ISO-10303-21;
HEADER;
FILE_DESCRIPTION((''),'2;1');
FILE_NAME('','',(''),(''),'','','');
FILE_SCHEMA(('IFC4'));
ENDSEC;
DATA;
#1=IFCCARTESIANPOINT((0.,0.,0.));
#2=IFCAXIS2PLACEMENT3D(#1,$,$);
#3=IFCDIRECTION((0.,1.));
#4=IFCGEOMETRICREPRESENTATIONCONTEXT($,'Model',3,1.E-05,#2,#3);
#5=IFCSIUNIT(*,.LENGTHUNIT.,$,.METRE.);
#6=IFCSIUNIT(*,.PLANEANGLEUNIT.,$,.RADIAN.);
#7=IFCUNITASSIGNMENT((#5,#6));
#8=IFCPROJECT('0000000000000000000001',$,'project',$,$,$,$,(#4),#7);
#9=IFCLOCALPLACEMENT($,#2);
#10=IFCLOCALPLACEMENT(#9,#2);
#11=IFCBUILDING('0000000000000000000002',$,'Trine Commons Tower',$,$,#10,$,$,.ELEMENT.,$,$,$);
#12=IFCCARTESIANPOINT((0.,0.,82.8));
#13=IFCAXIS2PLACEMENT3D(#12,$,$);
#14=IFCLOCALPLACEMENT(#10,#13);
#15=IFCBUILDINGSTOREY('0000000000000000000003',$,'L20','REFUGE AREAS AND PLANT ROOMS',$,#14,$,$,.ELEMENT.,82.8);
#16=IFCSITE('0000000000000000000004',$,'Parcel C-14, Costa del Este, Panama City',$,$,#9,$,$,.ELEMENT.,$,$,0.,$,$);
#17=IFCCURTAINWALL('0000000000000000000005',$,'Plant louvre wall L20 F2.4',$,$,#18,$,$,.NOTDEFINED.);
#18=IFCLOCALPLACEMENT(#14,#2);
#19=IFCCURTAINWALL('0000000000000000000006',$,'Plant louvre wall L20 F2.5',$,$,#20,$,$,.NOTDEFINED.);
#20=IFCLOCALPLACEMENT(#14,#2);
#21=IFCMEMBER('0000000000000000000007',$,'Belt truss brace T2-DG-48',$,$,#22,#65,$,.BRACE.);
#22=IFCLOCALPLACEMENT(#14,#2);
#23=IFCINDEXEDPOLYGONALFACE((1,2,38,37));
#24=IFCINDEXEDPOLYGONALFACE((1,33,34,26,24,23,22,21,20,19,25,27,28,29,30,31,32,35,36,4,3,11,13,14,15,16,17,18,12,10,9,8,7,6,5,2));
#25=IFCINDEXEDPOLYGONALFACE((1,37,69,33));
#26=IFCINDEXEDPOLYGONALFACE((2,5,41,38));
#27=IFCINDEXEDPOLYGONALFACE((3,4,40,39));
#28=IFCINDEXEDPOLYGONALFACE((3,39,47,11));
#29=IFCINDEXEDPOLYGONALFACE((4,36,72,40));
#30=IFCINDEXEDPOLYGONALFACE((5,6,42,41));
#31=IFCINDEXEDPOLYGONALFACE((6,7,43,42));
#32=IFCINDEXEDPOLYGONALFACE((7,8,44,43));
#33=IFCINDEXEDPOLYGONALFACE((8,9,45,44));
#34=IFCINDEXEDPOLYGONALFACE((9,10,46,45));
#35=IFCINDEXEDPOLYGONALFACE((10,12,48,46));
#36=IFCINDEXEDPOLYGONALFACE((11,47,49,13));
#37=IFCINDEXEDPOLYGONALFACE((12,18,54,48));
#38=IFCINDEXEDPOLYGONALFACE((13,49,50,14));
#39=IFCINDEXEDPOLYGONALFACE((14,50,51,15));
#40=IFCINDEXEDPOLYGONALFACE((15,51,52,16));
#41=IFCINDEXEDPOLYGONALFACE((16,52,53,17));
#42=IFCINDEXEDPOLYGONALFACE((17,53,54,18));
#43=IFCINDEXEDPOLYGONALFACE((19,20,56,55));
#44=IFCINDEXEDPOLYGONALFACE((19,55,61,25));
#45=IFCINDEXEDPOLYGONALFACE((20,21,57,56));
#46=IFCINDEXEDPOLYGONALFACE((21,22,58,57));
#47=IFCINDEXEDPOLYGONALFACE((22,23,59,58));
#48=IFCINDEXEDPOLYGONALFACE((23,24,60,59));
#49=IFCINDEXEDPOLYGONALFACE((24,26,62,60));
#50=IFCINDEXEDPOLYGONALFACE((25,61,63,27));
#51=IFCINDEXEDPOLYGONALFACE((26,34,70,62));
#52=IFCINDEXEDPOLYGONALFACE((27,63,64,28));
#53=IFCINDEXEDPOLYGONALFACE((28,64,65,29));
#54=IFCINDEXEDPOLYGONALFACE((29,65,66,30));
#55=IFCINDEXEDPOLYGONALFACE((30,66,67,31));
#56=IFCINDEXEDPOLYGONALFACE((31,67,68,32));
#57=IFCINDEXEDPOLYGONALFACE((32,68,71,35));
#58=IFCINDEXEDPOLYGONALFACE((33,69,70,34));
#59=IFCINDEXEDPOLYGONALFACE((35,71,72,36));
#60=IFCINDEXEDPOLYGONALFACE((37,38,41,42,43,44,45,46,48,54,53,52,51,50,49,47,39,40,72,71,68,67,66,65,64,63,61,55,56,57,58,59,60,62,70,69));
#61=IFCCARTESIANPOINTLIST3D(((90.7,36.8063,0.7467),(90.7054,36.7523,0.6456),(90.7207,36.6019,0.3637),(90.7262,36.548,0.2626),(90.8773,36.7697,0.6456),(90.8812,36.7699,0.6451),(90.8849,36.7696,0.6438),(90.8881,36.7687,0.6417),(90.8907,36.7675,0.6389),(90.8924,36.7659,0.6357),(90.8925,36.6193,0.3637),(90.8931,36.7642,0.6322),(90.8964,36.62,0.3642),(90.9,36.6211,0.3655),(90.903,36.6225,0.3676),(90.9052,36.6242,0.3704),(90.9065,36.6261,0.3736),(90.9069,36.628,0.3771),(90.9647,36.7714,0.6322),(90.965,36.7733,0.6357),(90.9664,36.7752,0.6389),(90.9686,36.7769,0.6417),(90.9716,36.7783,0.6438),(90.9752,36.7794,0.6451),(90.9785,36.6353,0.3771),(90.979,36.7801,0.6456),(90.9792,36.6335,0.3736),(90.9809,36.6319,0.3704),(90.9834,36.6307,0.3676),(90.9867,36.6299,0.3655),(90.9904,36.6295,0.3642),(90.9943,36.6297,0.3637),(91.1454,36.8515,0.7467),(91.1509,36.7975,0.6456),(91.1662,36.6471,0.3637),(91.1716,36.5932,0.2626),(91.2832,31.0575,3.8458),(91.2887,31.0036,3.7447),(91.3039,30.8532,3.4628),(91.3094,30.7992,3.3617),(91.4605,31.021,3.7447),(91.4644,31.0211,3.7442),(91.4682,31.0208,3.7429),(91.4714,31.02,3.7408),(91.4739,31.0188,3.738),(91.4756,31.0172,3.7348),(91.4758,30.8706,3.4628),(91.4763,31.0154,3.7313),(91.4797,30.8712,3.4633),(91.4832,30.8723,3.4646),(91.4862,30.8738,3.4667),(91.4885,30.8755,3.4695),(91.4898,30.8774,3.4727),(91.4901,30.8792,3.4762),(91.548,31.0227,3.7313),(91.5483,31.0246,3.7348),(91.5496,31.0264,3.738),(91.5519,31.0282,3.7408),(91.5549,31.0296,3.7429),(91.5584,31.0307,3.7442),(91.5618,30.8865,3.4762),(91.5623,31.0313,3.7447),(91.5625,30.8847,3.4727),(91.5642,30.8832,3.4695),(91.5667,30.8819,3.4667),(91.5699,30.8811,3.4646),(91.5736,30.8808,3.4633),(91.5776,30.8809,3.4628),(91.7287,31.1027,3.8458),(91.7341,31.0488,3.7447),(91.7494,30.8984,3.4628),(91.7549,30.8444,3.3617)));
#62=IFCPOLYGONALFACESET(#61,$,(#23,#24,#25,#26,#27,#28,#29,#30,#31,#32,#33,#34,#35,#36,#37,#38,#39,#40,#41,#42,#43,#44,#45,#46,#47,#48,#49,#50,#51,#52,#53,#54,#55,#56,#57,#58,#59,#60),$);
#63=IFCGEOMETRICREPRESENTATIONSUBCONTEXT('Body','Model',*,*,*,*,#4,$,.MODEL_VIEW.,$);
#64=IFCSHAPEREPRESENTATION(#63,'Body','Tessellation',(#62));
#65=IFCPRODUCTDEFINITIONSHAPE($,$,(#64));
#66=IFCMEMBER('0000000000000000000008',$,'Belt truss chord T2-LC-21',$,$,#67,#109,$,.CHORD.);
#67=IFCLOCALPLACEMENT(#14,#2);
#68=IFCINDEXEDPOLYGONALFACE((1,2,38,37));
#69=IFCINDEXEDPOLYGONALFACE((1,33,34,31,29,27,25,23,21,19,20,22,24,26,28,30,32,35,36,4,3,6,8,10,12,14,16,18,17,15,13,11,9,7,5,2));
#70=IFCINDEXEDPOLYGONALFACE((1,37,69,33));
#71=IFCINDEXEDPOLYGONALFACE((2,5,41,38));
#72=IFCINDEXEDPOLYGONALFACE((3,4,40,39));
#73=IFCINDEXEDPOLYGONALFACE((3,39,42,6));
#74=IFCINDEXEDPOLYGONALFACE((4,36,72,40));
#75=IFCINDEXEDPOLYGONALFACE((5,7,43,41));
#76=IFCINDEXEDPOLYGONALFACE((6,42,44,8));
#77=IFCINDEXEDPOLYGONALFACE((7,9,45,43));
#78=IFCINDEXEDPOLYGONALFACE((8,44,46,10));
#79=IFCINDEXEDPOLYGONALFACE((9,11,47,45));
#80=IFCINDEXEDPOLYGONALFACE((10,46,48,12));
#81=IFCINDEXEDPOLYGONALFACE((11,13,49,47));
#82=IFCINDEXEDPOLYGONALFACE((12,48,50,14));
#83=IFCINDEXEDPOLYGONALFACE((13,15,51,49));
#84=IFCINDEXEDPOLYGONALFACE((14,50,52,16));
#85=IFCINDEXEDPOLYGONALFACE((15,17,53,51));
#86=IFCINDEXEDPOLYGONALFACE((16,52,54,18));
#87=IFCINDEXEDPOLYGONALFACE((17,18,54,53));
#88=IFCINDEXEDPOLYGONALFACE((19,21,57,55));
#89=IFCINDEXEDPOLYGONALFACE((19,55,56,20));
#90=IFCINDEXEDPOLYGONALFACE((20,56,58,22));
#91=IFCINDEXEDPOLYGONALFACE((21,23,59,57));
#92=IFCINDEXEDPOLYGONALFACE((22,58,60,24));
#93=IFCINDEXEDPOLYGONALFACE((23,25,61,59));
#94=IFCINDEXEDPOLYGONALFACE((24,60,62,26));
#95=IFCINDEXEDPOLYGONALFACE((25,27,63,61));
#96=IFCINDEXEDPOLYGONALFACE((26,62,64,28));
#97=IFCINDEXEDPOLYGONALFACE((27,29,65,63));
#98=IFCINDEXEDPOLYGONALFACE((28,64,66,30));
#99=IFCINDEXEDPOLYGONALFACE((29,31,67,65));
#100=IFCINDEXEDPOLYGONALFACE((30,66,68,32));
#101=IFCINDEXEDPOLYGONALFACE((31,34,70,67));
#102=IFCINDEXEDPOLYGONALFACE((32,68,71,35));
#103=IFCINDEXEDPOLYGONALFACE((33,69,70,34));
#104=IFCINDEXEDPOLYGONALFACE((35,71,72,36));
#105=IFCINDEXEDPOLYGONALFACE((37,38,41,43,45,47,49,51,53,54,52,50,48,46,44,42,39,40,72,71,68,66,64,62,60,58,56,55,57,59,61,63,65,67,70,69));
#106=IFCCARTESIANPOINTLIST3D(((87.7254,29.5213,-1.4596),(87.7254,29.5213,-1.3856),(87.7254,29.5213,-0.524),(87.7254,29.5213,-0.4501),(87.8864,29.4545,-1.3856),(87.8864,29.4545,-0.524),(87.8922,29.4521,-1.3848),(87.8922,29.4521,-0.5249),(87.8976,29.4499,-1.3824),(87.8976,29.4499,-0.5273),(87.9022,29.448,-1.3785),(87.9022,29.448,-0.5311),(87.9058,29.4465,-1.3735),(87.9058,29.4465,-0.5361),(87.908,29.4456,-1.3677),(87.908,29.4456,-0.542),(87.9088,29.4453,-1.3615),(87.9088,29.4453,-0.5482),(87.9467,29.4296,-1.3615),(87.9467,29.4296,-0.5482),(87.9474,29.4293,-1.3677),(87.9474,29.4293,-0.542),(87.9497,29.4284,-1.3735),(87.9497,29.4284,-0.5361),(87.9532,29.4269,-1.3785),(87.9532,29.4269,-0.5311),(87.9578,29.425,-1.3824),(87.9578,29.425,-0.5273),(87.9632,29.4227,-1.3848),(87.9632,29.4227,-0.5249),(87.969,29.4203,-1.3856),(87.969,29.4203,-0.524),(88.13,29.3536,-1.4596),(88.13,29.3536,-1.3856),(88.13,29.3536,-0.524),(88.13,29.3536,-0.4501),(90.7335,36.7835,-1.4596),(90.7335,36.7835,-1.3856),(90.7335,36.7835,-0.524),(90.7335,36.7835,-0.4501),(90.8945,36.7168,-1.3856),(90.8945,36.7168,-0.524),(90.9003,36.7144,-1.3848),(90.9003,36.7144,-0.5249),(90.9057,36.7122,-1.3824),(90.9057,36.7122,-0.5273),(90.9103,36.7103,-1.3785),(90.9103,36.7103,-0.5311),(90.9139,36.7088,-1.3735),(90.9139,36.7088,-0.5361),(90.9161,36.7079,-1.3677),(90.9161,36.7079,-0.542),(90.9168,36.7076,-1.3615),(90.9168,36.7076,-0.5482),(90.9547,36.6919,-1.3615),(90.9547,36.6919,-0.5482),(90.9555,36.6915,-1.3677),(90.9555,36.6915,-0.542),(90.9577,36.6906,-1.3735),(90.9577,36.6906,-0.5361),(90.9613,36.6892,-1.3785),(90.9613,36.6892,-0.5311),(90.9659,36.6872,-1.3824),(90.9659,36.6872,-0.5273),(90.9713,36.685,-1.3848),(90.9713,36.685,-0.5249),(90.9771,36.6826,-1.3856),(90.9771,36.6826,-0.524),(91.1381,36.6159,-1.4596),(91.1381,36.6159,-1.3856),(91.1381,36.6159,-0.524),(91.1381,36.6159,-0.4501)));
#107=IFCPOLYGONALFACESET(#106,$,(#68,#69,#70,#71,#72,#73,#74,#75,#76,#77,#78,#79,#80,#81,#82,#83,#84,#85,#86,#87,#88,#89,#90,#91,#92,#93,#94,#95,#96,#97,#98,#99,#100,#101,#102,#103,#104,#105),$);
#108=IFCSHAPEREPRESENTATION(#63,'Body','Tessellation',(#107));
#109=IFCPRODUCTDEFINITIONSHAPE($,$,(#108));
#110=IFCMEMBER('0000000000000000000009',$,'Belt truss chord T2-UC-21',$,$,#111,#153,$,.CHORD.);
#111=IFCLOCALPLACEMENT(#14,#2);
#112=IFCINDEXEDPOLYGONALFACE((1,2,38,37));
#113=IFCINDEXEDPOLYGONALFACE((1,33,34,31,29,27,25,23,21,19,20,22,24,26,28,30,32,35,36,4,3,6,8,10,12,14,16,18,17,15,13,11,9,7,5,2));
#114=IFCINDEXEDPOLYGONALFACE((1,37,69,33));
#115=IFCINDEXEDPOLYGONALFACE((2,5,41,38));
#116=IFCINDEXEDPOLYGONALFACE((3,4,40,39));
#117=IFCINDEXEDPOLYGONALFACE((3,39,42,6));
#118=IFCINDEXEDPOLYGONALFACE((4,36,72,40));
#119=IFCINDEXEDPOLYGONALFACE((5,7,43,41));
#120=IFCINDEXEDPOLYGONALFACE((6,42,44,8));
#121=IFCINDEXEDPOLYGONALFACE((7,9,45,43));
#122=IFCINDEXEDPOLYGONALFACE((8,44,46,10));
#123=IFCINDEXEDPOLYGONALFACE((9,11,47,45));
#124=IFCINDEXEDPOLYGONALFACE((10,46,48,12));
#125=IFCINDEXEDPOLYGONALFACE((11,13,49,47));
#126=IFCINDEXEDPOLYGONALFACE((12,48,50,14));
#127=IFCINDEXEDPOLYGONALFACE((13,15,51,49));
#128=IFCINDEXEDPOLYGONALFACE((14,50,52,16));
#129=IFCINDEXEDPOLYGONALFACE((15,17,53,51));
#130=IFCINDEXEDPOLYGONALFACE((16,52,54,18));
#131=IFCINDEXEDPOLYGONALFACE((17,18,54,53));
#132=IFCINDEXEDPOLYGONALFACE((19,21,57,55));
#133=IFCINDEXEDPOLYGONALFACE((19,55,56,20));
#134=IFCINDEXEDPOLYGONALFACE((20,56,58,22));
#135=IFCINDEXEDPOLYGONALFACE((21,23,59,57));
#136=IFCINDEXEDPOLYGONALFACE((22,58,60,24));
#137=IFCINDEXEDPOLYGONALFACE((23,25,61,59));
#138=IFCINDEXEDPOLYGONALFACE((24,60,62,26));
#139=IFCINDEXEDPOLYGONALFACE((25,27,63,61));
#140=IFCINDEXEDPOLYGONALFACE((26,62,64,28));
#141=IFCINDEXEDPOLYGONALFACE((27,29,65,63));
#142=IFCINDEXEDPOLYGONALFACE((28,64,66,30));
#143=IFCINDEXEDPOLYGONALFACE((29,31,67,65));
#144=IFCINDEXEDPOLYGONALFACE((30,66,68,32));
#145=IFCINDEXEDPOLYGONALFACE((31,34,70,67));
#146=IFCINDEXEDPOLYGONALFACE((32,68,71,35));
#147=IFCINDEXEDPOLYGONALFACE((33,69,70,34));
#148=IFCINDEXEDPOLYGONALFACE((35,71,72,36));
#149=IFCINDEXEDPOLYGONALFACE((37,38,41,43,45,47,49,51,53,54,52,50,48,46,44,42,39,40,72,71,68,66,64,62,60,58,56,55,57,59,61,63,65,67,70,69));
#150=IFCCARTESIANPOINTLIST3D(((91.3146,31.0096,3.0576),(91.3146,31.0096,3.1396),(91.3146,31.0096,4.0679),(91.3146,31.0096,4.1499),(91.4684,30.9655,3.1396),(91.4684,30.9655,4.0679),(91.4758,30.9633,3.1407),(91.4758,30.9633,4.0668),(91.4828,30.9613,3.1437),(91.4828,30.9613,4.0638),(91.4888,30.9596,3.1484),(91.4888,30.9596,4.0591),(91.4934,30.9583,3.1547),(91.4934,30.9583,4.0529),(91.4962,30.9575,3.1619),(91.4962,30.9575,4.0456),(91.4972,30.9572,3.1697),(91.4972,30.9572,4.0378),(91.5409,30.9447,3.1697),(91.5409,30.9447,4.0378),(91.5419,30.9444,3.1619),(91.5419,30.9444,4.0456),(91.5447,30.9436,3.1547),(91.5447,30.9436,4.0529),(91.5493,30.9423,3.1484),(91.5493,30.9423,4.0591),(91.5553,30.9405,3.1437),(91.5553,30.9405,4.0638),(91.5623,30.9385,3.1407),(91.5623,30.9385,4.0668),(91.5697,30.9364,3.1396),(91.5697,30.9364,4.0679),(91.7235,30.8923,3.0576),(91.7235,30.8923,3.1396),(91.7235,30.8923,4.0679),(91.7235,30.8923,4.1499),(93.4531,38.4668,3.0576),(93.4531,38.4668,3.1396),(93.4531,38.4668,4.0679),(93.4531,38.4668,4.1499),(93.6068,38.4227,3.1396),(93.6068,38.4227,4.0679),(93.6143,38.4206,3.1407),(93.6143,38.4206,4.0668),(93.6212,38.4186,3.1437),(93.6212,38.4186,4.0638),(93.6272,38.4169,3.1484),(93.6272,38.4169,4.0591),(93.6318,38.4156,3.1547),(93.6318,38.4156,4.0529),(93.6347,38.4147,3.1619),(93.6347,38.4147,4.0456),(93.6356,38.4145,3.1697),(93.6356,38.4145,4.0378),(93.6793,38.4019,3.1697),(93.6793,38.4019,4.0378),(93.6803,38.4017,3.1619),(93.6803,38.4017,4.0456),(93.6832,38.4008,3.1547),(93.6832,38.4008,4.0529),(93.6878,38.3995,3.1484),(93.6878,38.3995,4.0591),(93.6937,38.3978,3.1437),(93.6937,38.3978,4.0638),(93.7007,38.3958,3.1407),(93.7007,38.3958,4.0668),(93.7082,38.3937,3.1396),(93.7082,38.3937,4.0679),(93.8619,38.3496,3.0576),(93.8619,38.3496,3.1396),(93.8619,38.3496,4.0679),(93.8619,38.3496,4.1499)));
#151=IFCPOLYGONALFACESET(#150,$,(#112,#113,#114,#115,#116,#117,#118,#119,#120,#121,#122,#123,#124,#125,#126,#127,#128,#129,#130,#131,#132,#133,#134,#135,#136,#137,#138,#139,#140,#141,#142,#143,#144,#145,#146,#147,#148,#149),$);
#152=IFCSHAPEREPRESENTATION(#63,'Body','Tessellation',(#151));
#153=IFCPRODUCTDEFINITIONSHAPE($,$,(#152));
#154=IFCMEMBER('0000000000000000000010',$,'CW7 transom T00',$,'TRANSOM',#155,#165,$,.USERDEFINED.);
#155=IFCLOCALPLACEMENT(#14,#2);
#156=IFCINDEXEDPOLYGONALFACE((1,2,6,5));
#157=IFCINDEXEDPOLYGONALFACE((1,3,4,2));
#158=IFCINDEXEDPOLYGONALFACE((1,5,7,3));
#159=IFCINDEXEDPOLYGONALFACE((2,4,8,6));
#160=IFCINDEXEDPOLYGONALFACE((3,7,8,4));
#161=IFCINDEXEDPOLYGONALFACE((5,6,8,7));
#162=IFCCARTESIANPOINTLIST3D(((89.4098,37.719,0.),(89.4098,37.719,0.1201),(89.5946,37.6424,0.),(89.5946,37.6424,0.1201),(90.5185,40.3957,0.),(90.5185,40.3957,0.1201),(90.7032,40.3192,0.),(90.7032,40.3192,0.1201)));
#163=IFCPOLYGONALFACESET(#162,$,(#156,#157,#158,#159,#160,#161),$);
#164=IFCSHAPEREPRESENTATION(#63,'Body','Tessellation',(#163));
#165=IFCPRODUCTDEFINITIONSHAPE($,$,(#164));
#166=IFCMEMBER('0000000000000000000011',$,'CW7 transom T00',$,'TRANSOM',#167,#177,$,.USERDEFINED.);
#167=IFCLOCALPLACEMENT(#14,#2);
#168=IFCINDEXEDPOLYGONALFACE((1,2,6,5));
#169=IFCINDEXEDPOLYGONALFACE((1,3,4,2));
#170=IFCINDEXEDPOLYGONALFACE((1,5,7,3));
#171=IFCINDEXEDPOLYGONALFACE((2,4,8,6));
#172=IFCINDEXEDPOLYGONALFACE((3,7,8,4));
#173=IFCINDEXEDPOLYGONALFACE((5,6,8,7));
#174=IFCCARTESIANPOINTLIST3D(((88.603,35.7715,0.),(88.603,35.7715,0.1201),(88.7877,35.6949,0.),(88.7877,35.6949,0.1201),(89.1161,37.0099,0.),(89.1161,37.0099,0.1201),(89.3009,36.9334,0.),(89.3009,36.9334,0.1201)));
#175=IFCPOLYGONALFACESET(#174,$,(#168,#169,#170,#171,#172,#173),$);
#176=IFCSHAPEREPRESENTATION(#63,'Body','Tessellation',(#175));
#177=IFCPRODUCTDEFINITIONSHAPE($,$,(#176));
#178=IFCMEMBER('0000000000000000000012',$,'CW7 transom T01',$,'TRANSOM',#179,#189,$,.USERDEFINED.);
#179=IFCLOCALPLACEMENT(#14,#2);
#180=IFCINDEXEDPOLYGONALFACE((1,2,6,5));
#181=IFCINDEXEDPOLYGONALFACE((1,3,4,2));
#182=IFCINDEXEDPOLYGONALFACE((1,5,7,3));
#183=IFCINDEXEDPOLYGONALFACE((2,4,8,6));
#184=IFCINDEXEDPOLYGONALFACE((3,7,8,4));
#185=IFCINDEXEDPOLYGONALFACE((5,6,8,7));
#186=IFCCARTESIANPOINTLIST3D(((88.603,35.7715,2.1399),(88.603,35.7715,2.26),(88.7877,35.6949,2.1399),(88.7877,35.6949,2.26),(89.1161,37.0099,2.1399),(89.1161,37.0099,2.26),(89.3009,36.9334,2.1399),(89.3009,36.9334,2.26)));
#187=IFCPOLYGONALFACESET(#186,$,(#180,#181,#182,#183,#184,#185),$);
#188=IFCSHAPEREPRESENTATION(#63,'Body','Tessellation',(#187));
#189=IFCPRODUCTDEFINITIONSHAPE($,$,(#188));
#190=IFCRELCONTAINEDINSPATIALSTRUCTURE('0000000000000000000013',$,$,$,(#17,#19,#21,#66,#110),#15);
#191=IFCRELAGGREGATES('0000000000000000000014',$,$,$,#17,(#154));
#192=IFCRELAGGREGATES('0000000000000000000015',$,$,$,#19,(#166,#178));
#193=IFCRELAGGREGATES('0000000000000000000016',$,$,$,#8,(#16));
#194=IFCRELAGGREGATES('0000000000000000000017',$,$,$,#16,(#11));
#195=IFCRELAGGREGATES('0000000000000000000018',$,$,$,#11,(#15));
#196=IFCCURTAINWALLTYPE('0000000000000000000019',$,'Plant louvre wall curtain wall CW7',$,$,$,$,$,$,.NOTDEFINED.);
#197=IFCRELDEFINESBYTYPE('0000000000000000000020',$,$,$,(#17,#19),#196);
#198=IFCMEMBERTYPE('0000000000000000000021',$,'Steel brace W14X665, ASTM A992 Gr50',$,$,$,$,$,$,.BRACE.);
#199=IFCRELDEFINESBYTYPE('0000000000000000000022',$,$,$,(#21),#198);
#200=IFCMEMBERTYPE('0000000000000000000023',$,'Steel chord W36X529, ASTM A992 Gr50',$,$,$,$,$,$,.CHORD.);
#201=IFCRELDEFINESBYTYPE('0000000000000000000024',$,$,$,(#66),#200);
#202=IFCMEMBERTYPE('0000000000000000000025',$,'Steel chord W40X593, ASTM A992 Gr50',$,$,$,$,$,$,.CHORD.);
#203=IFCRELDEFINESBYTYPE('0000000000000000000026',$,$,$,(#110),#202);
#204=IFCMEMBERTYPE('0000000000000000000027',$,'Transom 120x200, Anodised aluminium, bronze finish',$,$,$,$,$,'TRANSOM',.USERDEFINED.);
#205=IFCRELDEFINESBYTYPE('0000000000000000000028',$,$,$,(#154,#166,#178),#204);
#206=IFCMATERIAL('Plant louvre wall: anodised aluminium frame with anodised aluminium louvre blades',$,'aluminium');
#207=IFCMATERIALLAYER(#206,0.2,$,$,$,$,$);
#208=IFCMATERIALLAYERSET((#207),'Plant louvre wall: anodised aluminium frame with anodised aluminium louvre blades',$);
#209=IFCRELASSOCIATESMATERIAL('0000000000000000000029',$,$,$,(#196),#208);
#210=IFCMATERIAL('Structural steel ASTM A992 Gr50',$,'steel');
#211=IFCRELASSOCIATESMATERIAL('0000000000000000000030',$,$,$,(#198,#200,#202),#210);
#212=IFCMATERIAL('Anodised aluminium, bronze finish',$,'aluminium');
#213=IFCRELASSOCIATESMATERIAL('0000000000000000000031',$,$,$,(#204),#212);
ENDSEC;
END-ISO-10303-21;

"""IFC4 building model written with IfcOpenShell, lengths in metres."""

from ifc_helpers import new_model, si_unit, direction, frame, origin, origin_2d, place, context, subcontext, project, spatial, rectangle, i_section, extrude, material, layer, layer_set, material_profile, profile_set, type_object, element, aggregate, save


model = new_model("IFC4")

# Units and contexts
model_context = context("Model", 3, precision=1e-05, world=origin(), true_north=direction((0.0, 1.0)))
body_context = subcontext(model_context, "Body", "Model", "MODEL_VIEW")
ifc_project = project(units=[si_unit("LENGTHUNIT", "METRE"), si_unit("PLANEANGLEUNIT", "RADIAN")], contexts=[model_context])

# Site, building, storey
site_placement = place(None, origin())
site = spatial("IfcSite", under=ifc_project, at=site_placement, Name="Parcel C-14, Costa del Este, Panama City", CompositionType="ELEMENT", RefElevation=0.0)
building_placement = place(site_placement, origin())
building = spatial("IfcBuilding", under=site, at=building_placement, Name="Trine Commons Tower", CompositionType="ELEMENT")
storey_placement = place(building_placement, frame((0.0, 0.0, 82.8)))
storey = spatial("IfcBuildingStorey", under=building, at=storey_placement, Name="L20", Description="REFUGE AREAS AND PLANT ROOMS", CompositionType="ELEMENT", Elevation=82.8)

# Curtain walls
ifc_material_1 = material(Name="Plant louvre wall: anodised aluminium frame with anodised aluminium louvre blades", Category="aluminium")
ifc_layer_1 = layer(ifc_material_1, 0.2)
ifc_layer_set_1 = layer_set([ifc_layer_1], Name="Plant louvre wall: anodised aluminium frame with anodised aluminium louvre blades")
curtain_wall_type = type_object("IfcCurtainWallType", Name="Plant louvre wall curtain wall CW7", PredefinedType="NOTDEFINED", material=ifc_layer_set_1)
curtain_wall_1_placement = place(storey_placement, origin())
curtain_wall_1 = element("IfcCurtainWall", 1, at=curtain_wall_1_placement, inside=storey, type_object=curtain_wall_type, Name="Plant louvre wall L20 F2.4", PredefinedType="NOTDEFINED")
ifc_material_2 = material(Name="Anodised aluminium, bronze finish", Category="aluminium")
curtain_wall_2_placement = place(storey_placement, origin())
curtain_wall_2 = element("IfcCurtainWall", 2, at=curtain_wall_2_placement, inside=storey, type_object=curtain_wall_type, Name="Plant louvre wall L20 F2.5", PredefinedType="NOTDEFINED")

# Members
ifc_material_3 = material(Name="Structural steel ASTM A992 Gr50", Category="steel")
ifc_material_profile_1 = material_profile(ifc_material_3, i_section(OverallWidth=0.4478, OverallDepth=0.5493, WebThickness=0.072, FlangeThickness=0.1147, FilletRadius=0.0151, at=origin_2d()), Name="W14X665")
ifc_profile_set_1 = profile_set([ifc_material_profile_1], Name="Structural steel ASTM A992 Gr50")
member_type_1 = type_object("IfcMemberType", Name="Steel brace W14X665, ASTM A992 Gr50", PredefinedType="BRACE", material=ifc_profile_set_1)
member_1_placement = place(storey_placement, frame((90.9358, 36.6997, 0.5046), z_axis=(0.088952, -0.87675, 0.472649), x_axis=(0.994893, 0.100938, 0.0)))
element("IfcMember", 3, at=member_1_placement, inside=storey, type_object=member_type_1, Name="Belt truss brace T2-DG-48", PredefinedType="BRACE", context=body_context, shape_type="SweptSolid", body=[
    extrude(i_section(OverallWidth=0.4478, OverallDepth=0.5493, WebThickness=0.072, FlangeThickness=0.1147, FilletRadius=0.0151, at=origin_2d()), origin(), (0.0, 0.0, 1.0), 6.5569),
])
ifc_material_profile_2 = material_profile(ifc_material_3, i_section(OverallWidth=0.438, OverallDepth=1.0095, WebThickness=0.041, FlangeThickness=0.074, FilletRadius=0.0242, at=origin_2d()), Name="W36X529")
ifc_profile_set_2 = profile_set([ifc_material_profile_2], Name="Structural steel ASTM A992 Gr50")
member_type_2 = type_object("IfcMemberType", Name="Steel chord W36X529, ASTM A992 Gr50", PredefinedType="CHORD", material=ifc_profile_set_2)
member_2_placement = place(storey_placement, frame((90.9358, 36.6997, -0.9548), z_axis=(-0.382678, -0.923882, 0.0), x_axis=(0.923882, -0.382678, 0.0)))
element("IfcMember", 4, at=member_2_placement, inside=storey, type_object=member_type_2, Name="Belt truss chord T2-LC-21", PredefinedType="CHORD", context=body_context, shape_type="SweptSolid", body=[
    extrude(i_section(OverallWidth=0.438, OverallDepth=1.0095, WebThickness=0.041, FlangeThickness=0.074, FilletRadius=0.0242, at=origin_2d()), origin(), (0.0, 0.0, 1.0), 7.8606),
])
ifc_material_profile_3 = material_profile(ifc_material_3, i_section(OverallWidth=0.4253, OverallDepth=1.0923, WebThickness=0.0454, FlangeThickness=0.082, FilletRadius=0.03, at=origin_2d()), Name="W40X593")
ifc_profile_set_3 = profile_set([ifc_material_profile_3], Name="Structural steel ASTM A992 Gr50")
member_type_3 = type_object("IfcMemberType", Name="Steel chord W40X593, ASTM A992 Gr50", PredefinedType="CHORD", material=ifc_profile_set_3)
member_3_placement = place(storey_placement, frame((93.6575, 38.4082, 3.6038), z_axis=(-0.275648, -0.961259, 0.0), x_axis=(0.961259, -0.275648, 0.0)))
element("IfcMember", 5, at=member_3_placement, inside=storey, type_object=member_type_3, Name="Belt truss chord T2-UC-21", PredefinedType="CHORD", context=body_context, shape_type="SweptSolid", body=[
    extrude(i_section(OverallWidth=0.4253, OverallDepth=1.0923, WebThickness=0.0454, FlangeThickness=0.082, FilletRadius=0.03, at=origin_2d()), origin(), (0.0, 0.0, 1.0), 7.7578),
])

# Members
ifc_material_profile_4 = material_profile(ifc_material_2, rectangle(XDim=0.2, YDim=0.1201, at=origin_2d()), Name="Transom 120x200")
ifc_profile_set_4 = profile_set([ifc_material_profile_4], Name="Anodised aluminium, bronze finish")
member_type_4 = type_object("IfcMemberType", Name="Transom 120x200, Anodised aluminium, bronze finish", ElementType="TRANSOM", PredefinedType="USERDEFINED", material=ifc_profile_set_4)
member_4_placement = place(storey_placement, frame((90.6108, 40.3574, 0.0601), z_axis=(-0.382652, -0.923893, 0.0), x_axis=(0.923893, -0.382652, 0.0)))
member_4 = element("IfcMember", 6, at=member_4_placement, type_object=member_type_4, Name="CW7 transom T00", ObjectType="TRANSOM", PredefinedType="USERDEFINED", context=body_context, shape_type="SweptSolid", body=[
    extrude(rectangle(XDim=0.2, YDim=0.1201, at=origin_2d()), origin(), (0.0, 0.0, 1.0), 2.8972),
])
member_5_placement = place(storey_placement, frame((89.2085, 36.9717, 0.0601), z_axis=(-0.382791, -0.923835, 0.0), x_axis=(0.923835, -0.382791, 0.0)))
member_5 = element("IfcMember", 7, at=member_5_placement, type_object=member_type_4, Name="CW7 transom T00", ObjectType="TRANSOM", PredefinedType="USERDEFINED", context=body_context, shape_type="SweptSolid", body=[
    extrude(rectangle(XDim=0.2, YDim=0.1201, at=origin_2d()), origin(), (0.0, 0.0, 1.0), 1.3406),
])
member_6_placement = place(storey_placement, frame((89.2085, 36.9717, 2.2), z_axis=(-0.382791, -0.923835, 0.0), x_axis=(0.923835, -0.382791, 0.0)))
member_6 = element("IfcMember", 8, at=member_6_placement, type_object=member_type_4, Name="CW7 transom T01", ObjectType="TRANSOM", PredefinedType="USERDEFINED", context=body_context, shape_type="SweptSolid", body=[
    extrude(rectangle(XDim=0.2, YDim=0.1201, at=origin_2d()), origin(), (0.0, 0.0, 1.0), 1.3406),
])

aggregate(curtain_wall_1, [member_4])
aggregate(curtain_wall_2, [member_5, member_6])

save(model, "model.ifc")
